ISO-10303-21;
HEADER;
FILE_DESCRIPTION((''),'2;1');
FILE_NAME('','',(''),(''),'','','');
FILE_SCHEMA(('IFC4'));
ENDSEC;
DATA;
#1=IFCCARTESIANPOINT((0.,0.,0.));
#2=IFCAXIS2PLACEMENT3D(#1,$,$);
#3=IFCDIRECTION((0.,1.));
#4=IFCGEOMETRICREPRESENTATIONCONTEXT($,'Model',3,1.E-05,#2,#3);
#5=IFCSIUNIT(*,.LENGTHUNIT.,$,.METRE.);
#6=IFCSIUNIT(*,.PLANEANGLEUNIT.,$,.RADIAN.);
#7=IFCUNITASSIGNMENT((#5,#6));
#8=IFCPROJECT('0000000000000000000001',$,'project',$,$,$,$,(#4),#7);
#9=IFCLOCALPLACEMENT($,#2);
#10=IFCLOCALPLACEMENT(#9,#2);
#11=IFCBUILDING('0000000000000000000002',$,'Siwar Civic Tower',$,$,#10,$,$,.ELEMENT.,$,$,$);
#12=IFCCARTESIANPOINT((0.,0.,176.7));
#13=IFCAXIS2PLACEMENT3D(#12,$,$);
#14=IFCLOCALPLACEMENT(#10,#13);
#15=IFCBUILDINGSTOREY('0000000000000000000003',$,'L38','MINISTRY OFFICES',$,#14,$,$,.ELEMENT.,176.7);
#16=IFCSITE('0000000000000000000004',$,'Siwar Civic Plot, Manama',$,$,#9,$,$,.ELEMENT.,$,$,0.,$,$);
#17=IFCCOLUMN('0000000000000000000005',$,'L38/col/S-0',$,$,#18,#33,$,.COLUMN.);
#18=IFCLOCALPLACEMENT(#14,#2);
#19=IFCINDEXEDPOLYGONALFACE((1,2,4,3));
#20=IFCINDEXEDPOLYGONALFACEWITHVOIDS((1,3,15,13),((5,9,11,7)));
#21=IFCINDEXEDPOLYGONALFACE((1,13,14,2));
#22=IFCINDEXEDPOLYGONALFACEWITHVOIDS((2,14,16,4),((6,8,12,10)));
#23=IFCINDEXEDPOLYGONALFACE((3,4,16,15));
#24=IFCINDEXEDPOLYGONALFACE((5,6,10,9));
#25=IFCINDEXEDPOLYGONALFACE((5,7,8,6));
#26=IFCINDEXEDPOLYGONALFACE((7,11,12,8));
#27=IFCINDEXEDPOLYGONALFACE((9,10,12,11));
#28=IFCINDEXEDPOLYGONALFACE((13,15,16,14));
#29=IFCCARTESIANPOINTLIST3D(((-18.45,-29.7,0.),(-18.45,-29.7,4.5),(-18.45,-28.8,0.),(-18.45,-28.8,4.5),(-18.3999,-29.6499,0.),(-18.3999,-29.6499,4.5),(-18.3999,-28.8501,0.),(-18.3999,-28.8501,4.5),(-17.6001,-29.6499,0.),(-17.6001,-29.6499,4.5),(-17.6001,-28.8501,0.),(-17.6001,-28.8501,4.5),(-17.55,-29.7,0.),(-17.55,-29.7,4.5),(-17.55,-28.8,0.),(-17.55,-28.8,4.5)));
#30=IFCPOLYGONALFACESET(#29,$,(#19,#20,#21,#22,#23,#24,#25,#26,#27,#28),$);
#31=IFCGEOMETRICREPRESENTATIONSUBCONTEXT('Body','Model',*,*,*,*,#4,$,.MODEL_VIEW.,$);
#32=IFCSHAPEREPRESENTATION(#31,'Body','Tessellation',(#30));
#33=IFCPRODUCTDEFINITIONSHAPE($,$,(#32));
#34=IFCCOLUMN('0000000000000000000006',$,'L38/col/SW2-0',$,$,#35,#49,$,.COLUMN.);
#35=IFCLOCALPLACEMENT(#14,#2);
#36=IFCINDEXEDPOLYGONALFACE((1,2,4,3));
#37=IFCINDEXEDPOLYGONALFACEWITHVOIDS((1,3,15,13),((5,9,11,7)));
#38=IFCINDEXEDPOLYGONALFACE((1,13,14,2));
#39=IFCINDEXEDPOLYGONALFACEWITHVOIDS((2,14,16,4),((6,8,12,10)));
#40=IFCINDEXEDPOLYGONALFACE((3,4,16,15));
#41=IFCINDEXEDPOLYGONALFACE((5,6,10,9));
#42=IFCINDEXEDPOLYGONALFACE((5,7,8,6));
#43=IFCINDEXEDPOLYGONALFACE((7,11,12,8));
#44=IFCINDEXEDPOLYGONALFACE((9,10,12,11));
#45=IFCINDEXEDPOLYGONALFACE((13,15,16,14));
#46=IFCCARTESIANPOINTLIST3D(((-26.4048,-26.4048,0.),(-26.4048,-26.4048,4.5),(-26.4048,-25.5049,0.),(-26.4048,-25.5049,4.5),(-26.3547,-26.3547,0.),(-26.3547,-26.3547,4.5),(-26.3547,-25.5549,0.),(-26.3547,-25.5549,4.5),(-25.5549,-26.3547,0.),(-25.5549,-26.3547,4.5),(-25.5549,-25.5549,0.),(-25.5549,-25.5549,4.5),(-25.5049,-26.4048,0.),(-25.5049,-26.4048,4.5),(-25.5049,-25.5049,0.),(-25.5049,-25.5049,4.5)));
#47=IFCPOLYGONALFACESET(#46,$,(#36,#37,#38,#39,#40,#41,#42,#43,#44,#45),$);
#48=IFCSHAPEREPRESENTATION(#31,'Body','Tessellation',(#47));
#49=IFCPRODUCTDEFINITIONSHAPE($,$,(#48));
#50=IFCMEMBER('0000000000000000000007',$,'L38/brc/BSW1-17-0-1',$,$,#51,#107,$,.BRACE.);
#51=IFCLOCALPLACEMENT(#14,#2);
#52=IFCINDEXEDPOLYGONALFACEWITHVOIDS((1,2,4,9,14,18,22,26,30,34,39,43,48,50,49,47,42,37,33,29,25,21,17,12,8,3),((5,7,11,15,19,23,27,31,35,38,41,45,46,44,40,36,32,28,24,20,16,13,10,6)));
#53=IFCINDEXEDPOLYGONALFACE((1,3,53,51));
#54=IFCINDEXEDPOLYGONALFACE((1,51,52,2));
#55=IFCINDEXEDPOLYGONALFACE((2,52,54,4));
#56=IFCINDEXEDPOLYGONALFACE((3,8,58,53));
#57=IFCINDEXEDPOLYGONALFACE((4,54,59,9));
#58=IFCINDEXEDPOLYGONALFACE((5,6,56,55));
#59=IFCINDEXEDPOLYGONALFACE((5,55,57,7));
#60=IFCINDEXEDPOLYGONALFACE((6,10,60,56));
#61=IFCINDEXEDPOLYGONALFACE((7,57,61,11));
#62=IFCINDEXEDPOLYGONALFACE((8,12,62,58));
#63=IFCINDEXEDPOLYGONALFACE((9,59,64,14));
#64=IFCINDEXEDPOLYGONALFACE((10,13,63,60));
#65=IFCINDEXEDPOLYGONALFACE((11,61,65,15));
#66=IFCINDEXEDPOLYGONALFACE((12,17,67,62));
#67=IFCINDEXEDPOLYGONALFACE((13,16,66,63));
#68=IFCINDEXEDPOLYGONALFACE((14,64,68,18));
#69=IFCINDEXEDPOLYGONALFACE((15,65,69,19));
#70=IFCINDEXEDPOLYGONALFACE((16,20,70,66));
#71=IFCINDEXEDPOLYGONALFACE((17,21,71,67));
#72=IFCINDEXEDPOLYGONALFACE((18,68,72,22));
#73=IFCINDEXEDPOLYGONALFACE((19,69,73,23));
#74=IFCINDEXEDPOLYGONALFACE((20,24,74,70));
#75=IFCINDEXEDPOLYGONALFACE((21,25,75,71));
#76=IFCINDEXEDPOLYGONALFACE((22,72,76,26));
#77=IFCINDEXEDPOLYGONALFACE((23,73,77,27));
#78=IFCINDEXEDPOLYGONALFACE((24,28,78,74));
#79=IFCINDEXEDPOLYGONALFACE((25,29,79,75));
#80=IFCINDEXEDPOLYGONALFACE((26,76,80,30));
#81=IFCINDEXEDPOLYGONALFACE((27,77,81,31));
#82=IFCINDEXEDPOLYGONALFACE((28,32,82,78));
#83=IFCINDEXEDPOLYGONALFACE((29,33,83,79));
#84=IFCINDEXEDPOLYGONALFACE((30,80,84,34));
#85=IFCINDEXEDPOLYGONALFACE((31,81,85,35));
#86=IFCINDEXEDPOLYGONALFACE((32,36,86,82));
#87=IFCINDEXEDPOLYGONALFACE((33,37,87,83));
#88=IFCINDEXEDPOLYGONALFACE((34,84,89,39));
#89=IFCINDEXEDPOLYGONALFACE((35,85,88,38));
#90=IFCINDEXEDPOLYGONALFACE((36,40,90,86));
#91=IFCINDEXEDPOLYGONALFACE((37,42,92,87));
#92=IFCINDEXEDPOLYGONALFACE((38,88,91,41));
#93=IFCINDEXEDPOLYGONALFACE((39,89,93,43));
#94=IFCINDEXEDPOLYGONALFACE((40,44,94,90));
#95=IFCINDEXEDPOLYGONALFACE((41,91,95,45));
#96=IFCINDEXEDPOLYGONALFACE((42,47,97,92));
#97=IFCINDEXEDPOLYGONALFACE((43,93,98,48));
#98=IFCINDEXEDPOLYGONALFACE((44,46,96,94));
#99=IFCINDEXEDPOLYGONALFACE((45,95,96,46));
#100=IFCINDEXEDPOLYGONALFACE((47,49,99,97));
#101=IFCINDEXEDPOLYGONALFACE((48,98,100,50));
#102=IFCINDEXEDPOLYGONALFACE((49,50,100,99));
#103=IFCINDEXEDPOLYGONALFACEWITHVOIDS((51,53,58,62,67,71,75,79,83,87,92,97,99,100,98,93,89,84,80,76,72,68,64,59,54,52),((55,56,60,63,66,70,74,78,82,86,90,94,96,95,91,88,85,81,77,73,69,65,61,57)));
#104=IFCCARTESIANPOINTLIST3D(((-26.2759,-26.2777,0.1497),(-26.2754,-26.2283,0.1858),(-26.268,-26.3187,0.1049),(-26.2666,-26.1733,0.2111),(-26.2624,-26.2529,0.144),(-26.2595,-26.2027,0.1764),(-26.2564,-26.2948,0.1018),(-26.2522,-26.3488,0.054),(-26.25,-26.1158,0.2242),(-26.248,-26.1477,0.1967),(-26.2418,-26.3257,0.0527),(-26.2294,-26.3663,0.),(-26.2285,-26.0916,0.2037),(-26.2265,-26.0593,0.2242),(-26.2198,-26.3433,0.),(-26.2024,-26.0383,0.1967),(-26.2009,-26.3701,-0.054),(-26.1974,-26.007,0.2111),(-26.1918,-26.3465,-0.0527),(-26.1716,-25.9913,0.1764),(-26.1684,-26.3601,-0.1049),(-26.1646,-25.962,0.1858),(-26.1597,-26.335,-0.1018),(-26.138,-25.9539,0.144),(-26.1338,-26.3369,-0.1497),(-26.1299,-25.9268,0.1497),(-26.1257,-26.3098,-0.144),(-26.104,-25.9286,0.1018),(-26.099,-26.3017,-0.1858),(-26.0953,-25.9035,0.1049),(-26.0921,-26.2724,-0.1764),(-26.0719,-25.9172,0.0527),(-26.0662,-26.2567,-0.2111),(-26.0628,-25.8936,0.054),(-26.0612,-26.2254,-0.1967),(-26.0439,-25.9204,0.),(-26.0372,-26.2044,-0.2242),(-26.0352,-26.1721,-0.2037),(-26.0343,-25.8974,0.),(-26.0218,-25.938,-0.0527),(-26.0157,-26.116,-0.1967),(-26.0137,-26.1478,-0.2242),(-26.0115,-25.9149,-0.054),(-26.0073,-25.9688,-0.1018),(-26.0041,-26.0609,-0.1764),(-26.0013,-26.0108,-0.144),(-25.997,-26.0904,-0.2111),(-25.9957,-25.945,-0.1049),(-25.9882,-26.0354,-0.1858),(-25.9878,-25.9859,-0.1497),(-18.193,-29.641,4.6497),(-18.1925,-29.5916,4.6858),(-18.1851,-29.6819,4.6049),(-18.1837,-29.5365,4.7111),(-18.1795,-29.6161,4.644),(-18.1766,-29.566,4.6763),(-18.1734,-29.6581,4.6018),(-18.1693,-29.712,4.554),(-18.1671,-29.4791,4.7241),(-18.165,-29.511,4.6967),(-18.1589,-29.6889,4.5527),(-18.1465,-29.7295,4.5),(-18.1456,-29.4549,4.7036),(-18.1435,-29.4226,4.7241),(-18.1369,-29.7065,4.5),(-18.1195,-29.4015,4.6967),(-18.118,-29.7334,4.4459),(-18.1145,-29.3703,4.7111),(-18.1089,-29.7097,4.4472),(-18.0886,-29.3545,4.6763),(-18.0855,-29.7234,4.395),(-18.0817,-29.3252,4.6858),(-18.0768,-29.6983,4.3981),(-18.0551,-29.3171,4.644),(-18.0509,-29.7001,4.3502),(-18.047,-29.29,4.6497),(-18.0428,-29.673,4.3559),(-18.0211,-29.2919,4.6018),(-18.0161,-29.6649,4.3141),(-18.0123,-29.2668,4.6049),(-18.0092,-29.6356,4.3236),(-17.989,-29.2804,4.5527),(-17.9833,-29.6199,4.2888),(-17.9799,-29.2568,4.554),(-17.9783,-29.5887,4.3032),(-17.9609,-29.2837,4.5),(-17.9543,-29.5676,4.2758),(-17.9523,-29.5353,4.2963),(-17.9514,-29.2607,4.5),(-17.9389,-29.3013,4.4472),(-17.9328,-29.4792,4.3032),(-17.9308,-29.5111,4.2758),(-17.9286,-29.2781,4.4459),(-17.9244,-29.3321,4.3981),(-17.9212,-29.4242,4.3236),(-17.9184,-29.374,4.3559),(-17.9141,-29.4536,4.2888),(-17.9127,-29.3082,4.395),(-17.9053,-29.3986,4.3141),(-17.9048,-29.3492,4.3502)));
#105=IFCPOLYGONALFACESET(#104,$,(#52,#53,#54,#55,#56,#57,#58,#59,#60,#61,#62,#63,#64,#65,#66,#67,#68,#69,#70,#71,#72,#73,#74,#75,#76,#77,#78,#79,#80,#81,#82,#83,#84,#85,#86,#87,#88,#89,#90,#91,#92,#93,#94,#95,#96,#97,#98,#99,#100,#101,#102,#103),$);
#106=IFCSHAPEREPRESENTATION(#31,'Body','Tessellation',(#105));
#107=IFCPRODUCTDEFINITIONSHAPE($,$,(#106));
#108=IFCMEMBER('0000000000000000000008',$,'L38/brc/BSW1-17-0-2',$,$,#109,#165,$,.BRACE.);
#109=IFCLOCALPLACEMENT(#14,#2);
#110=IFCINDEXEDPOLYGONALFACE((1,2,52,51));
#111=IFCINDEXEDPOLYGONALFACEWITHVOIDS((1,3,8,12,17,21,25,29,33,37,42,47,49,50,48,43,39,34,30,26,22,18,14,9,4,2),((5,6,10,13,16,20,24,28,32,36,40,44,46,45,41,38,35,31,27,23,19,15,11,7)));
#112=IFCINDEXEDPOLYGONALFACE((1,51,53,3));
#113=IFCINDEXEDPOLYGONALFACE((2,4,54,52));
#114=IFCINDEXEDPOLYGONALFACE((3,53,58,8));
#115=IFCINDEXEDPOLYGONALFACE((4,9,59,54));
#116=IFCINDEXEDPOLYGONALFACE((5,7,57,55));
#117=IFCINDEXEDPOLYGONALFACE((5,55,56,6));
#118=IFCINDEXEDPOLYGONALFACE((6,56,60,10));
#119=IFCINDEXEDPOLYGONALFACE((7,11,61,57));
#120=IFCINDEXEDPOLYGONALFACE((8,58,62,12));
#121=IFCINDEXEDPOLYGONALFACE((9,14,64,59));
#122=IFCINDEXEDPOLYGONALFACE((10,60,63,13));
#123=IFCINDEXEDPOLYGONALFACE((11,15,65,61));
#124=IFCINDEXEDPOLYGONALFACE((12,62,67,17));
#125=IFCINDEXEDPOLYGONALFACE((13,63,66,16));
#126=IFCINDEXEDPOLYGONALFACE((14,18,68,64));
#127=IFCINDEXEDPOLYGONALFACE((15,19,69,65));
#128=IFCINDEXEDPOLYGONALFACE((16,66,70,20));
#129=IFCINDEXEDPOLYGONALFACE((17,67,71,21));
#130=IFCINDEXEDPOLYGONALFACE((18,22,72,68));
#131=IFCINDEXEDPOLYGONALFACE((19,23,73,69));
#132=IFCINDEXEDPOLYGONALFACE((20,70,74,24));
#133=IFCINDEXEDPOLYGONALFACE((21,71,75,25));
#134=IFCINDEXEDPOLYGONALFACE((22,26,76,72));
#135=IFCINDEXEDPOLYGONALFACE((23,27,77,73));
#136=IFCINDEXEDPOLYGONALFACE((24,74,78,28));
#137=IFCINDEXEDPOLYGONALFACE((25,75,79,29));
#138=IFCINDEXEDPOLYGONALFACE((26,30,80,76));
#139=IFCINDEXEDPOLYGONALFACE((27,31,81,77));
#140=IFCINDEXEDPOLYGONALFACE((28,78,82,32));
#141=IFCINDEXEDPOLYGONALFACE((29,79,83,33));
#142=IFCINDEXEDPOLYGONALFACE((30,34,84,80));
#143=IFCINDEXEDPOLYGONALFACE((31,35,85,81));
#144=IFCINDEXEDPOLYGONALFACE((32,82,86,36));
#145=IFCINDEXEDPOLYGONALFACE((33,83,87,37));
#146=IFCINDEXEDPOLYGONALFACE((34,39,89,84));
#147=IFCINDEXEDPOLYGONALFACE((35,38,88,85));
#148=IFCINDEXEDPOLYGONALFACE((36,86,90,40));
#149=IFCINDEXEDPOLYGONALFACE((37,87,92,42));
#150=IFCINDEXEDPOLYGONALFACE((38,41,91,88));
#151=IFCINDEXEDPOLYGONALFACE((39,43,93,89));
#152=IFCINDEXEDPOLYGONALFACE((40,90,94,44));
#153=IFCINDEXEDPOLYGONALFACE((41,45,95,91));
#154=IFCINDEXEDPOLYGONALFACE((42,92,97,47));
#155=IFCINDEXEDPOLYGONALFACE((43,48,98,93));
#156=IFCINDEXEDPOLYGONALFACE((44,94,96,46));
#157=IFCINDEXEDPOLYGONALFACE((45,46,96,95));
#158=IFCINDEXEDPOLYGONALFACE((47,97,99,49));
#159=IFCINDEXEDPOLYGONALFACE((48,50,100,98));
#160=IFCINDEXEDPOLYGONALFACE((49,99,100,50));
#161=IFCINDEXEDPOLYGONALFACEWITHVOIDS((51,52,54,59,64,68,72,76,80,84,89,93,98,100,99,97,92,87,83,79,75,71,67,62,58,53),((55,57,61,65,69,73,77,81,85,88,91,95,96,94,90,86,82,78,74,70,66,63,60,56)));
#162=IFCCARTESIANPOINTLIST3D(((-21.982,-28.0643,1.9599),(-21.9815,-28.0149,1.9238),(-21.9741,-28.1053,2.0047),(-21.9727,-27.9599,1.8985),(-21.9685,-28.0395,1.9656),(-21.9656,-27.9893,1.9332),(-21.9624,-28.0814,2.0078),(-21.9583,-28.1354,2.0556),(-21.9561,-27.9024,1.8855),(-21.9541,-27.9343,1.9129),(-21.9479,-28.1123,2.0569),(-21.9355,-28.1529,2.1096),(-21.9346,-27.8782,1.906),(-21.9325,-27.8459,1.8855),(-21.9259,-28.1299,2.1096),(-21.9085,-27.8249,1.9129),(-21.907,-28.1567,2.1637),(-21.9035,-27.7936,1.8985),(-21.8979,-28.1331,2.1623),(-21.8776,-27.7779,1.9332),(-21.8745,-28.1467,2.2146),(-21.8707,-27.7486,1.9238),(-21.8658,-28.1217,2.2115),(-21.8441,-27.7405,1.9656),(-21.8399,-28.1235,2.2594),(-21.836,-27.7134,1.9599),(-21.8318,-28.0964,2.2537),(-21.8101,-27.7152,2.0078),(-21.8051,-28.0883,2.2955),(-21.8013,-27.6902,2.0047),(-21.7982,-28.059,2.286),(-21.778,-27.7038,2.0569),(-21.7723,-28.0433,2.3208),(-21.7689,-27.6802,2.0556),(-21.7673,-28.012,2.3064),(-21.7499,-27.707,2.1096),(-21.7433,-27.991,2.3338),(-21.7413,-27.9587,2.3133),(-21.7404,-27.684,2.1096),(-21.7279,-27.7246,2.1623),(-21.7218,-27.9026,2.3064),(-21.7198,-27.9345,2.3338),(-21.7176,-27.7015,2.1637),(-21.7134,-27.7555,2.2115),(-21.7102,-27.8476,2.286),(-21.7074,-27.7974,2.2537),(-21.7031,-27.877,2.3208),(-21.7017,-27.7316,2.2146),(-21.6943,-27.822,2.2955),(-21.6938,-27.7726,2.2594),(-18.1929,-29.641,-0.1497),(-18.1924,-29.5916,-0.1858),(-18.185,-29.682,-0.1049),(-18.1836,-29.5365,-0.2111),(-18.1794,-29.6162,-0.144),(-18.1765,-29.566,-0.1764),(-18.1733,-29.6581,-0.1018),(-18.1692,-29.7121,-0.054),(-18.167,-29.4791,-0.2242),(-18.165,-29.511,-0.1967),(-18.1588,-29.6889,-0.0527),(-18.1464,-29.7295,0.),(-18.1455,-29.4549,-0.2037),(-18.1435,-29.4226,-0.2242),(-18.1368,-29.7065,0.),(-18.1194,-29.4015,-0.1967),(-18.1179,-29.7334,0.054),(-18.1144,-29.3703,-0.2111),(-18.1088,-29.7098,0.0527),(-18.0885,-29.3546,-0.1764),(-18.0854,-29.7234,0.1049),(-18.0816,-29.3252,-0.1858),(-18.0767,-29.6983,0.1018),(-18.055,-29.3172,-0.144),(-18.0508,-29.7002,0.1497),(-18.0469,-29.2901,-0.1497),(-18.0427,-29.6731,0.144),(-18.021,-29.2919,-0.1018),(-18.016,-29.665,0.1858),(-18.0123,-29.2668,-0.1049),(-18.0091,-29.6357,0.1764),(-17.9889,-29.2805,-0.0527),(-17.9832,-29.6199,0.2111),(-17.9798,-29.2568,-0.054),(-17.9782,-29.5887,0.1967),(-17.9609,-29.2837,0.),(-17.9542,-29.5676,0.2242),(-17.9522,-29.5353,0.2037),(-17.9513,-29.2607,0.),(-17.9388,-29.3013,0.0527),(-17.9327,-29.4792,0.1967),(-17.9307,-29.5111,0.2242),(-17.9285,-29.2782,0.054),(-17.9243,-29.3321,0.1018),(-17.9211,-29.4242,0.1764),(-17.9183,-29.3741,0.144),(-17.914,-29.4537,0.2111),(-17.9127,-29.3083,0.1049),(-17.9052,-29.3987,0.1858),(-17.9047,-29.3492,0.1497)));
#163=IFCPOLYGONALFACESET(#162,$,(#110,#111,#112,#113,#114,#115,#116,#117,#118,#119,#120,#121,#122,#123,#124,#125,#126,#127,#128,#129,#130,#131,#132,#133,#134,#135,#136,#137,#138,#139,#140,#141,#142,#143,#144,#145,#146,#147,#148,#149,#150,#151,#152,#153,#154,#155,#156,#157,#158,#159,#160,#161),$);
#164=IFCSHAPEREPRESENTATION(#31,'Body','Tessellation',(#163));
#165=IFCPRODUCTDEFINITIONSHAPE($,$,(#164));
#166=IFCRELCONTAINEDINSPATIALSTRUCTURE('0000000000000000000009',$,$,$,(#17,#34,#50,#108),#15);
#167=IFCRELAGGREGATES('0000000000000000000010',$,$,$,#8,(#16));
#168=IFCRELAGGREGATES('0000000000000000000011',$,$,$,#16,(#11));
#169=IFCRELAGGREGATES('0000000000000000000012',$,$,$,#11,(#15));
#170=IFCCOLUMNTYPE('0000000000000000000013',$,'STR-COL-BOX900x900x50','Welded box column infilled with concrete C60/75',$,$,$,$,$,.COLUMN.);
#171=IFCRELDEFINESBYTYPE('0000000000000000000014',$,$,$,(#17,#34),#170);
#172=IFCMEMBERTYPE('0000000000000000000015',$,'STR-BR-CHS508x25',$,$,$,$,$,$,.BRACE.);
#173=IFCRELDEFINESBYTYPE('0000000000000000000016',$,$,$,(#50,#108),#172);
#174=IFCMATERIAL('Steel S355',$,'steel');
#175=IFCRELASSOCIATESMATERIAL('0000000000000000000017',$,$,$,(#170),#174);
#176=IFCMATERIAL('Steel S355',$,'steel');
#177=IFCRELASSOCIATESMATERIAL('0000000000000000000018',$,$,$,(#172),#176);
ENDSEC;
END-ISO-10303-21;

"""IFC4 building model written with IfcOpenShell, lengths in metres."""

from ifc_helpers import new_model, si_unit, direction, frame, origin, origin_2d, place, context, subcontext, project, spatial, hollow_rectangle, hollow_circle, extrude, material, material_profile, profile_set, type_object, element, save


model = new_model("IFC4")

# Units and contexts
model_context = context("Model", 3, precision=1e-05, world=origin(), true_north=direction((0.0, 1.0)))
body_context = subcontext(model_context, "Body", "Model", "MODEL_VIEW")
ifc_project = project(units=[si_unit("LENGTHUNIT", "METRE"), si_unit("PLANEANGLEUNIT", "RADIAN")], contexts=[model_context])

# Site, building, storey
site_placement = place(None, origin())
site = spatial("IfcSite", under=ifc_project, at=site_placement, Name="Siwar Civic Plot, Manama", CompositionType="ELEMENT", RefElevation=0.0)
building_placement = place(site_placement, origin())
building = spatial("IfcBuilding", under=site, at=building_placement, Name="Siwar Civic Tower", CompositionType="ELEMENT")
storey_placement = place(building_placement, frame((0.0, 0.0, 176.7)))
storey = spatial("IfcBuildingStorey", under=building, at=storey_placement, Name="L38", Description="MINISTRY OFFICES", CompositionType="ELEMENT", Elevation=176.7)

# Columns
ifc_material_1 = material(Name="Steel S355", Category="steel")
ifc_material_profile_1 = material_profile(ifc_material_1, hollow_rectangle(XDim=0.8999, YDim=0.8999, WallThickness=0.05, at=origin_2d()), Name="BOX900x900x50")
ifc_profile_set_1 = profile_set([ifc_material_profile_1], Name="Steel S355")
column_type = type_object("IfcColumnType", Name="STR-COL-BOX900x900x50", Description="Welded box column infilled with concrete C60/75", PredefinedType="COLUMN", material=ifc_profile_set_1)
for number, where, z_axis, x_axis, name in (
    (1, (-18.0, -29.25, 0.0), (0.0, 0.0, 1.0), (1.0, 0.0, 0.0), "L38/col/S-0"),
    (2, (-25.9548, -25.9548, 0.0), (0.0, 0.0, 1.0), (1.0, 0.0, 0.0), "L38/col/SW2-0"),
):
    element("IfcColumn", number, at=place(storey_placement, frame(where, z_axis=z_axis, x_axis=x_axis)), inside=storey, type_object=column_type, Name=name, PredefinedType="COLUMN", context=body_context, shape_type="SweptSolid", body=[
        extrude(hollow_rectangle(XDim=0.8999, YDim=0.8999, WallThickness=0.05, at=origin_2d()), origin(), (0.0, 0.0, 1.0), 4.5),
    ])

# Members
ifc_material_2 = material(Name="Steel S355", Category="steel")
ifc_material_profile_2 = material_profile(ifc_material_2, hollow_circle(Radius=0.2539, WallThickness=0.0249, at=origin_2d()), Name="CHS508x25")
ifc_profile_set_2 = profile_set([ifc_material_profile_2], Name="Steel S355")
member_type = type_object("IfcMemberType", Name="STR-BR-CHS508x25", PredefinedType="BRACE", material=ifc_profile_set_2)
member_1_placement = place(storey_placement, frame((-26.1318, -26.1318, 0.0), z_axis=(0.821143, -0.341671, 0.457149), x_axis=(0.384164, 0.923265, 0.0)))
element("IfcMember", 3, at=member_1_placement, inside=storey, type_object=member_type, Name="L38/brc/BSW1-17-0-1", PredefinedType="BRACE", context=body_context, shape_type="SweptSolid", body=[
    extrude(hollow_circle(Radius=0.2539, WallThickness=0.0249, at=origin_2d()), origin(), (0.0, 0.0, 1.0), 9.8435),
])
for number, where, z_axis, x_axis, name in (
    (4, (-18.0488, -29.4951, 0.0), (-0.821126, 0.341677, 0.457175), (-0.384176, -0.92326, 0.0), "L38/brc/BSW1-17-0-2"),
):
    element("IfcMember", number, at=place(storey_placement, frame(where, z_axis=z_axis, x_axis=x_axis)), inside=storey, type_object=member_type, Name=name, PredefinedType="BRACE", context=body_context, shape_type="SweptSolid", body=[
        extrude(hollow_circle(Radius=0.2539, WallThickness=0.0249, at=origin_2d()), origin(), (0.0, 0.0, 1.0), 4.6145),
    ])

save(model, "model.ifc")
